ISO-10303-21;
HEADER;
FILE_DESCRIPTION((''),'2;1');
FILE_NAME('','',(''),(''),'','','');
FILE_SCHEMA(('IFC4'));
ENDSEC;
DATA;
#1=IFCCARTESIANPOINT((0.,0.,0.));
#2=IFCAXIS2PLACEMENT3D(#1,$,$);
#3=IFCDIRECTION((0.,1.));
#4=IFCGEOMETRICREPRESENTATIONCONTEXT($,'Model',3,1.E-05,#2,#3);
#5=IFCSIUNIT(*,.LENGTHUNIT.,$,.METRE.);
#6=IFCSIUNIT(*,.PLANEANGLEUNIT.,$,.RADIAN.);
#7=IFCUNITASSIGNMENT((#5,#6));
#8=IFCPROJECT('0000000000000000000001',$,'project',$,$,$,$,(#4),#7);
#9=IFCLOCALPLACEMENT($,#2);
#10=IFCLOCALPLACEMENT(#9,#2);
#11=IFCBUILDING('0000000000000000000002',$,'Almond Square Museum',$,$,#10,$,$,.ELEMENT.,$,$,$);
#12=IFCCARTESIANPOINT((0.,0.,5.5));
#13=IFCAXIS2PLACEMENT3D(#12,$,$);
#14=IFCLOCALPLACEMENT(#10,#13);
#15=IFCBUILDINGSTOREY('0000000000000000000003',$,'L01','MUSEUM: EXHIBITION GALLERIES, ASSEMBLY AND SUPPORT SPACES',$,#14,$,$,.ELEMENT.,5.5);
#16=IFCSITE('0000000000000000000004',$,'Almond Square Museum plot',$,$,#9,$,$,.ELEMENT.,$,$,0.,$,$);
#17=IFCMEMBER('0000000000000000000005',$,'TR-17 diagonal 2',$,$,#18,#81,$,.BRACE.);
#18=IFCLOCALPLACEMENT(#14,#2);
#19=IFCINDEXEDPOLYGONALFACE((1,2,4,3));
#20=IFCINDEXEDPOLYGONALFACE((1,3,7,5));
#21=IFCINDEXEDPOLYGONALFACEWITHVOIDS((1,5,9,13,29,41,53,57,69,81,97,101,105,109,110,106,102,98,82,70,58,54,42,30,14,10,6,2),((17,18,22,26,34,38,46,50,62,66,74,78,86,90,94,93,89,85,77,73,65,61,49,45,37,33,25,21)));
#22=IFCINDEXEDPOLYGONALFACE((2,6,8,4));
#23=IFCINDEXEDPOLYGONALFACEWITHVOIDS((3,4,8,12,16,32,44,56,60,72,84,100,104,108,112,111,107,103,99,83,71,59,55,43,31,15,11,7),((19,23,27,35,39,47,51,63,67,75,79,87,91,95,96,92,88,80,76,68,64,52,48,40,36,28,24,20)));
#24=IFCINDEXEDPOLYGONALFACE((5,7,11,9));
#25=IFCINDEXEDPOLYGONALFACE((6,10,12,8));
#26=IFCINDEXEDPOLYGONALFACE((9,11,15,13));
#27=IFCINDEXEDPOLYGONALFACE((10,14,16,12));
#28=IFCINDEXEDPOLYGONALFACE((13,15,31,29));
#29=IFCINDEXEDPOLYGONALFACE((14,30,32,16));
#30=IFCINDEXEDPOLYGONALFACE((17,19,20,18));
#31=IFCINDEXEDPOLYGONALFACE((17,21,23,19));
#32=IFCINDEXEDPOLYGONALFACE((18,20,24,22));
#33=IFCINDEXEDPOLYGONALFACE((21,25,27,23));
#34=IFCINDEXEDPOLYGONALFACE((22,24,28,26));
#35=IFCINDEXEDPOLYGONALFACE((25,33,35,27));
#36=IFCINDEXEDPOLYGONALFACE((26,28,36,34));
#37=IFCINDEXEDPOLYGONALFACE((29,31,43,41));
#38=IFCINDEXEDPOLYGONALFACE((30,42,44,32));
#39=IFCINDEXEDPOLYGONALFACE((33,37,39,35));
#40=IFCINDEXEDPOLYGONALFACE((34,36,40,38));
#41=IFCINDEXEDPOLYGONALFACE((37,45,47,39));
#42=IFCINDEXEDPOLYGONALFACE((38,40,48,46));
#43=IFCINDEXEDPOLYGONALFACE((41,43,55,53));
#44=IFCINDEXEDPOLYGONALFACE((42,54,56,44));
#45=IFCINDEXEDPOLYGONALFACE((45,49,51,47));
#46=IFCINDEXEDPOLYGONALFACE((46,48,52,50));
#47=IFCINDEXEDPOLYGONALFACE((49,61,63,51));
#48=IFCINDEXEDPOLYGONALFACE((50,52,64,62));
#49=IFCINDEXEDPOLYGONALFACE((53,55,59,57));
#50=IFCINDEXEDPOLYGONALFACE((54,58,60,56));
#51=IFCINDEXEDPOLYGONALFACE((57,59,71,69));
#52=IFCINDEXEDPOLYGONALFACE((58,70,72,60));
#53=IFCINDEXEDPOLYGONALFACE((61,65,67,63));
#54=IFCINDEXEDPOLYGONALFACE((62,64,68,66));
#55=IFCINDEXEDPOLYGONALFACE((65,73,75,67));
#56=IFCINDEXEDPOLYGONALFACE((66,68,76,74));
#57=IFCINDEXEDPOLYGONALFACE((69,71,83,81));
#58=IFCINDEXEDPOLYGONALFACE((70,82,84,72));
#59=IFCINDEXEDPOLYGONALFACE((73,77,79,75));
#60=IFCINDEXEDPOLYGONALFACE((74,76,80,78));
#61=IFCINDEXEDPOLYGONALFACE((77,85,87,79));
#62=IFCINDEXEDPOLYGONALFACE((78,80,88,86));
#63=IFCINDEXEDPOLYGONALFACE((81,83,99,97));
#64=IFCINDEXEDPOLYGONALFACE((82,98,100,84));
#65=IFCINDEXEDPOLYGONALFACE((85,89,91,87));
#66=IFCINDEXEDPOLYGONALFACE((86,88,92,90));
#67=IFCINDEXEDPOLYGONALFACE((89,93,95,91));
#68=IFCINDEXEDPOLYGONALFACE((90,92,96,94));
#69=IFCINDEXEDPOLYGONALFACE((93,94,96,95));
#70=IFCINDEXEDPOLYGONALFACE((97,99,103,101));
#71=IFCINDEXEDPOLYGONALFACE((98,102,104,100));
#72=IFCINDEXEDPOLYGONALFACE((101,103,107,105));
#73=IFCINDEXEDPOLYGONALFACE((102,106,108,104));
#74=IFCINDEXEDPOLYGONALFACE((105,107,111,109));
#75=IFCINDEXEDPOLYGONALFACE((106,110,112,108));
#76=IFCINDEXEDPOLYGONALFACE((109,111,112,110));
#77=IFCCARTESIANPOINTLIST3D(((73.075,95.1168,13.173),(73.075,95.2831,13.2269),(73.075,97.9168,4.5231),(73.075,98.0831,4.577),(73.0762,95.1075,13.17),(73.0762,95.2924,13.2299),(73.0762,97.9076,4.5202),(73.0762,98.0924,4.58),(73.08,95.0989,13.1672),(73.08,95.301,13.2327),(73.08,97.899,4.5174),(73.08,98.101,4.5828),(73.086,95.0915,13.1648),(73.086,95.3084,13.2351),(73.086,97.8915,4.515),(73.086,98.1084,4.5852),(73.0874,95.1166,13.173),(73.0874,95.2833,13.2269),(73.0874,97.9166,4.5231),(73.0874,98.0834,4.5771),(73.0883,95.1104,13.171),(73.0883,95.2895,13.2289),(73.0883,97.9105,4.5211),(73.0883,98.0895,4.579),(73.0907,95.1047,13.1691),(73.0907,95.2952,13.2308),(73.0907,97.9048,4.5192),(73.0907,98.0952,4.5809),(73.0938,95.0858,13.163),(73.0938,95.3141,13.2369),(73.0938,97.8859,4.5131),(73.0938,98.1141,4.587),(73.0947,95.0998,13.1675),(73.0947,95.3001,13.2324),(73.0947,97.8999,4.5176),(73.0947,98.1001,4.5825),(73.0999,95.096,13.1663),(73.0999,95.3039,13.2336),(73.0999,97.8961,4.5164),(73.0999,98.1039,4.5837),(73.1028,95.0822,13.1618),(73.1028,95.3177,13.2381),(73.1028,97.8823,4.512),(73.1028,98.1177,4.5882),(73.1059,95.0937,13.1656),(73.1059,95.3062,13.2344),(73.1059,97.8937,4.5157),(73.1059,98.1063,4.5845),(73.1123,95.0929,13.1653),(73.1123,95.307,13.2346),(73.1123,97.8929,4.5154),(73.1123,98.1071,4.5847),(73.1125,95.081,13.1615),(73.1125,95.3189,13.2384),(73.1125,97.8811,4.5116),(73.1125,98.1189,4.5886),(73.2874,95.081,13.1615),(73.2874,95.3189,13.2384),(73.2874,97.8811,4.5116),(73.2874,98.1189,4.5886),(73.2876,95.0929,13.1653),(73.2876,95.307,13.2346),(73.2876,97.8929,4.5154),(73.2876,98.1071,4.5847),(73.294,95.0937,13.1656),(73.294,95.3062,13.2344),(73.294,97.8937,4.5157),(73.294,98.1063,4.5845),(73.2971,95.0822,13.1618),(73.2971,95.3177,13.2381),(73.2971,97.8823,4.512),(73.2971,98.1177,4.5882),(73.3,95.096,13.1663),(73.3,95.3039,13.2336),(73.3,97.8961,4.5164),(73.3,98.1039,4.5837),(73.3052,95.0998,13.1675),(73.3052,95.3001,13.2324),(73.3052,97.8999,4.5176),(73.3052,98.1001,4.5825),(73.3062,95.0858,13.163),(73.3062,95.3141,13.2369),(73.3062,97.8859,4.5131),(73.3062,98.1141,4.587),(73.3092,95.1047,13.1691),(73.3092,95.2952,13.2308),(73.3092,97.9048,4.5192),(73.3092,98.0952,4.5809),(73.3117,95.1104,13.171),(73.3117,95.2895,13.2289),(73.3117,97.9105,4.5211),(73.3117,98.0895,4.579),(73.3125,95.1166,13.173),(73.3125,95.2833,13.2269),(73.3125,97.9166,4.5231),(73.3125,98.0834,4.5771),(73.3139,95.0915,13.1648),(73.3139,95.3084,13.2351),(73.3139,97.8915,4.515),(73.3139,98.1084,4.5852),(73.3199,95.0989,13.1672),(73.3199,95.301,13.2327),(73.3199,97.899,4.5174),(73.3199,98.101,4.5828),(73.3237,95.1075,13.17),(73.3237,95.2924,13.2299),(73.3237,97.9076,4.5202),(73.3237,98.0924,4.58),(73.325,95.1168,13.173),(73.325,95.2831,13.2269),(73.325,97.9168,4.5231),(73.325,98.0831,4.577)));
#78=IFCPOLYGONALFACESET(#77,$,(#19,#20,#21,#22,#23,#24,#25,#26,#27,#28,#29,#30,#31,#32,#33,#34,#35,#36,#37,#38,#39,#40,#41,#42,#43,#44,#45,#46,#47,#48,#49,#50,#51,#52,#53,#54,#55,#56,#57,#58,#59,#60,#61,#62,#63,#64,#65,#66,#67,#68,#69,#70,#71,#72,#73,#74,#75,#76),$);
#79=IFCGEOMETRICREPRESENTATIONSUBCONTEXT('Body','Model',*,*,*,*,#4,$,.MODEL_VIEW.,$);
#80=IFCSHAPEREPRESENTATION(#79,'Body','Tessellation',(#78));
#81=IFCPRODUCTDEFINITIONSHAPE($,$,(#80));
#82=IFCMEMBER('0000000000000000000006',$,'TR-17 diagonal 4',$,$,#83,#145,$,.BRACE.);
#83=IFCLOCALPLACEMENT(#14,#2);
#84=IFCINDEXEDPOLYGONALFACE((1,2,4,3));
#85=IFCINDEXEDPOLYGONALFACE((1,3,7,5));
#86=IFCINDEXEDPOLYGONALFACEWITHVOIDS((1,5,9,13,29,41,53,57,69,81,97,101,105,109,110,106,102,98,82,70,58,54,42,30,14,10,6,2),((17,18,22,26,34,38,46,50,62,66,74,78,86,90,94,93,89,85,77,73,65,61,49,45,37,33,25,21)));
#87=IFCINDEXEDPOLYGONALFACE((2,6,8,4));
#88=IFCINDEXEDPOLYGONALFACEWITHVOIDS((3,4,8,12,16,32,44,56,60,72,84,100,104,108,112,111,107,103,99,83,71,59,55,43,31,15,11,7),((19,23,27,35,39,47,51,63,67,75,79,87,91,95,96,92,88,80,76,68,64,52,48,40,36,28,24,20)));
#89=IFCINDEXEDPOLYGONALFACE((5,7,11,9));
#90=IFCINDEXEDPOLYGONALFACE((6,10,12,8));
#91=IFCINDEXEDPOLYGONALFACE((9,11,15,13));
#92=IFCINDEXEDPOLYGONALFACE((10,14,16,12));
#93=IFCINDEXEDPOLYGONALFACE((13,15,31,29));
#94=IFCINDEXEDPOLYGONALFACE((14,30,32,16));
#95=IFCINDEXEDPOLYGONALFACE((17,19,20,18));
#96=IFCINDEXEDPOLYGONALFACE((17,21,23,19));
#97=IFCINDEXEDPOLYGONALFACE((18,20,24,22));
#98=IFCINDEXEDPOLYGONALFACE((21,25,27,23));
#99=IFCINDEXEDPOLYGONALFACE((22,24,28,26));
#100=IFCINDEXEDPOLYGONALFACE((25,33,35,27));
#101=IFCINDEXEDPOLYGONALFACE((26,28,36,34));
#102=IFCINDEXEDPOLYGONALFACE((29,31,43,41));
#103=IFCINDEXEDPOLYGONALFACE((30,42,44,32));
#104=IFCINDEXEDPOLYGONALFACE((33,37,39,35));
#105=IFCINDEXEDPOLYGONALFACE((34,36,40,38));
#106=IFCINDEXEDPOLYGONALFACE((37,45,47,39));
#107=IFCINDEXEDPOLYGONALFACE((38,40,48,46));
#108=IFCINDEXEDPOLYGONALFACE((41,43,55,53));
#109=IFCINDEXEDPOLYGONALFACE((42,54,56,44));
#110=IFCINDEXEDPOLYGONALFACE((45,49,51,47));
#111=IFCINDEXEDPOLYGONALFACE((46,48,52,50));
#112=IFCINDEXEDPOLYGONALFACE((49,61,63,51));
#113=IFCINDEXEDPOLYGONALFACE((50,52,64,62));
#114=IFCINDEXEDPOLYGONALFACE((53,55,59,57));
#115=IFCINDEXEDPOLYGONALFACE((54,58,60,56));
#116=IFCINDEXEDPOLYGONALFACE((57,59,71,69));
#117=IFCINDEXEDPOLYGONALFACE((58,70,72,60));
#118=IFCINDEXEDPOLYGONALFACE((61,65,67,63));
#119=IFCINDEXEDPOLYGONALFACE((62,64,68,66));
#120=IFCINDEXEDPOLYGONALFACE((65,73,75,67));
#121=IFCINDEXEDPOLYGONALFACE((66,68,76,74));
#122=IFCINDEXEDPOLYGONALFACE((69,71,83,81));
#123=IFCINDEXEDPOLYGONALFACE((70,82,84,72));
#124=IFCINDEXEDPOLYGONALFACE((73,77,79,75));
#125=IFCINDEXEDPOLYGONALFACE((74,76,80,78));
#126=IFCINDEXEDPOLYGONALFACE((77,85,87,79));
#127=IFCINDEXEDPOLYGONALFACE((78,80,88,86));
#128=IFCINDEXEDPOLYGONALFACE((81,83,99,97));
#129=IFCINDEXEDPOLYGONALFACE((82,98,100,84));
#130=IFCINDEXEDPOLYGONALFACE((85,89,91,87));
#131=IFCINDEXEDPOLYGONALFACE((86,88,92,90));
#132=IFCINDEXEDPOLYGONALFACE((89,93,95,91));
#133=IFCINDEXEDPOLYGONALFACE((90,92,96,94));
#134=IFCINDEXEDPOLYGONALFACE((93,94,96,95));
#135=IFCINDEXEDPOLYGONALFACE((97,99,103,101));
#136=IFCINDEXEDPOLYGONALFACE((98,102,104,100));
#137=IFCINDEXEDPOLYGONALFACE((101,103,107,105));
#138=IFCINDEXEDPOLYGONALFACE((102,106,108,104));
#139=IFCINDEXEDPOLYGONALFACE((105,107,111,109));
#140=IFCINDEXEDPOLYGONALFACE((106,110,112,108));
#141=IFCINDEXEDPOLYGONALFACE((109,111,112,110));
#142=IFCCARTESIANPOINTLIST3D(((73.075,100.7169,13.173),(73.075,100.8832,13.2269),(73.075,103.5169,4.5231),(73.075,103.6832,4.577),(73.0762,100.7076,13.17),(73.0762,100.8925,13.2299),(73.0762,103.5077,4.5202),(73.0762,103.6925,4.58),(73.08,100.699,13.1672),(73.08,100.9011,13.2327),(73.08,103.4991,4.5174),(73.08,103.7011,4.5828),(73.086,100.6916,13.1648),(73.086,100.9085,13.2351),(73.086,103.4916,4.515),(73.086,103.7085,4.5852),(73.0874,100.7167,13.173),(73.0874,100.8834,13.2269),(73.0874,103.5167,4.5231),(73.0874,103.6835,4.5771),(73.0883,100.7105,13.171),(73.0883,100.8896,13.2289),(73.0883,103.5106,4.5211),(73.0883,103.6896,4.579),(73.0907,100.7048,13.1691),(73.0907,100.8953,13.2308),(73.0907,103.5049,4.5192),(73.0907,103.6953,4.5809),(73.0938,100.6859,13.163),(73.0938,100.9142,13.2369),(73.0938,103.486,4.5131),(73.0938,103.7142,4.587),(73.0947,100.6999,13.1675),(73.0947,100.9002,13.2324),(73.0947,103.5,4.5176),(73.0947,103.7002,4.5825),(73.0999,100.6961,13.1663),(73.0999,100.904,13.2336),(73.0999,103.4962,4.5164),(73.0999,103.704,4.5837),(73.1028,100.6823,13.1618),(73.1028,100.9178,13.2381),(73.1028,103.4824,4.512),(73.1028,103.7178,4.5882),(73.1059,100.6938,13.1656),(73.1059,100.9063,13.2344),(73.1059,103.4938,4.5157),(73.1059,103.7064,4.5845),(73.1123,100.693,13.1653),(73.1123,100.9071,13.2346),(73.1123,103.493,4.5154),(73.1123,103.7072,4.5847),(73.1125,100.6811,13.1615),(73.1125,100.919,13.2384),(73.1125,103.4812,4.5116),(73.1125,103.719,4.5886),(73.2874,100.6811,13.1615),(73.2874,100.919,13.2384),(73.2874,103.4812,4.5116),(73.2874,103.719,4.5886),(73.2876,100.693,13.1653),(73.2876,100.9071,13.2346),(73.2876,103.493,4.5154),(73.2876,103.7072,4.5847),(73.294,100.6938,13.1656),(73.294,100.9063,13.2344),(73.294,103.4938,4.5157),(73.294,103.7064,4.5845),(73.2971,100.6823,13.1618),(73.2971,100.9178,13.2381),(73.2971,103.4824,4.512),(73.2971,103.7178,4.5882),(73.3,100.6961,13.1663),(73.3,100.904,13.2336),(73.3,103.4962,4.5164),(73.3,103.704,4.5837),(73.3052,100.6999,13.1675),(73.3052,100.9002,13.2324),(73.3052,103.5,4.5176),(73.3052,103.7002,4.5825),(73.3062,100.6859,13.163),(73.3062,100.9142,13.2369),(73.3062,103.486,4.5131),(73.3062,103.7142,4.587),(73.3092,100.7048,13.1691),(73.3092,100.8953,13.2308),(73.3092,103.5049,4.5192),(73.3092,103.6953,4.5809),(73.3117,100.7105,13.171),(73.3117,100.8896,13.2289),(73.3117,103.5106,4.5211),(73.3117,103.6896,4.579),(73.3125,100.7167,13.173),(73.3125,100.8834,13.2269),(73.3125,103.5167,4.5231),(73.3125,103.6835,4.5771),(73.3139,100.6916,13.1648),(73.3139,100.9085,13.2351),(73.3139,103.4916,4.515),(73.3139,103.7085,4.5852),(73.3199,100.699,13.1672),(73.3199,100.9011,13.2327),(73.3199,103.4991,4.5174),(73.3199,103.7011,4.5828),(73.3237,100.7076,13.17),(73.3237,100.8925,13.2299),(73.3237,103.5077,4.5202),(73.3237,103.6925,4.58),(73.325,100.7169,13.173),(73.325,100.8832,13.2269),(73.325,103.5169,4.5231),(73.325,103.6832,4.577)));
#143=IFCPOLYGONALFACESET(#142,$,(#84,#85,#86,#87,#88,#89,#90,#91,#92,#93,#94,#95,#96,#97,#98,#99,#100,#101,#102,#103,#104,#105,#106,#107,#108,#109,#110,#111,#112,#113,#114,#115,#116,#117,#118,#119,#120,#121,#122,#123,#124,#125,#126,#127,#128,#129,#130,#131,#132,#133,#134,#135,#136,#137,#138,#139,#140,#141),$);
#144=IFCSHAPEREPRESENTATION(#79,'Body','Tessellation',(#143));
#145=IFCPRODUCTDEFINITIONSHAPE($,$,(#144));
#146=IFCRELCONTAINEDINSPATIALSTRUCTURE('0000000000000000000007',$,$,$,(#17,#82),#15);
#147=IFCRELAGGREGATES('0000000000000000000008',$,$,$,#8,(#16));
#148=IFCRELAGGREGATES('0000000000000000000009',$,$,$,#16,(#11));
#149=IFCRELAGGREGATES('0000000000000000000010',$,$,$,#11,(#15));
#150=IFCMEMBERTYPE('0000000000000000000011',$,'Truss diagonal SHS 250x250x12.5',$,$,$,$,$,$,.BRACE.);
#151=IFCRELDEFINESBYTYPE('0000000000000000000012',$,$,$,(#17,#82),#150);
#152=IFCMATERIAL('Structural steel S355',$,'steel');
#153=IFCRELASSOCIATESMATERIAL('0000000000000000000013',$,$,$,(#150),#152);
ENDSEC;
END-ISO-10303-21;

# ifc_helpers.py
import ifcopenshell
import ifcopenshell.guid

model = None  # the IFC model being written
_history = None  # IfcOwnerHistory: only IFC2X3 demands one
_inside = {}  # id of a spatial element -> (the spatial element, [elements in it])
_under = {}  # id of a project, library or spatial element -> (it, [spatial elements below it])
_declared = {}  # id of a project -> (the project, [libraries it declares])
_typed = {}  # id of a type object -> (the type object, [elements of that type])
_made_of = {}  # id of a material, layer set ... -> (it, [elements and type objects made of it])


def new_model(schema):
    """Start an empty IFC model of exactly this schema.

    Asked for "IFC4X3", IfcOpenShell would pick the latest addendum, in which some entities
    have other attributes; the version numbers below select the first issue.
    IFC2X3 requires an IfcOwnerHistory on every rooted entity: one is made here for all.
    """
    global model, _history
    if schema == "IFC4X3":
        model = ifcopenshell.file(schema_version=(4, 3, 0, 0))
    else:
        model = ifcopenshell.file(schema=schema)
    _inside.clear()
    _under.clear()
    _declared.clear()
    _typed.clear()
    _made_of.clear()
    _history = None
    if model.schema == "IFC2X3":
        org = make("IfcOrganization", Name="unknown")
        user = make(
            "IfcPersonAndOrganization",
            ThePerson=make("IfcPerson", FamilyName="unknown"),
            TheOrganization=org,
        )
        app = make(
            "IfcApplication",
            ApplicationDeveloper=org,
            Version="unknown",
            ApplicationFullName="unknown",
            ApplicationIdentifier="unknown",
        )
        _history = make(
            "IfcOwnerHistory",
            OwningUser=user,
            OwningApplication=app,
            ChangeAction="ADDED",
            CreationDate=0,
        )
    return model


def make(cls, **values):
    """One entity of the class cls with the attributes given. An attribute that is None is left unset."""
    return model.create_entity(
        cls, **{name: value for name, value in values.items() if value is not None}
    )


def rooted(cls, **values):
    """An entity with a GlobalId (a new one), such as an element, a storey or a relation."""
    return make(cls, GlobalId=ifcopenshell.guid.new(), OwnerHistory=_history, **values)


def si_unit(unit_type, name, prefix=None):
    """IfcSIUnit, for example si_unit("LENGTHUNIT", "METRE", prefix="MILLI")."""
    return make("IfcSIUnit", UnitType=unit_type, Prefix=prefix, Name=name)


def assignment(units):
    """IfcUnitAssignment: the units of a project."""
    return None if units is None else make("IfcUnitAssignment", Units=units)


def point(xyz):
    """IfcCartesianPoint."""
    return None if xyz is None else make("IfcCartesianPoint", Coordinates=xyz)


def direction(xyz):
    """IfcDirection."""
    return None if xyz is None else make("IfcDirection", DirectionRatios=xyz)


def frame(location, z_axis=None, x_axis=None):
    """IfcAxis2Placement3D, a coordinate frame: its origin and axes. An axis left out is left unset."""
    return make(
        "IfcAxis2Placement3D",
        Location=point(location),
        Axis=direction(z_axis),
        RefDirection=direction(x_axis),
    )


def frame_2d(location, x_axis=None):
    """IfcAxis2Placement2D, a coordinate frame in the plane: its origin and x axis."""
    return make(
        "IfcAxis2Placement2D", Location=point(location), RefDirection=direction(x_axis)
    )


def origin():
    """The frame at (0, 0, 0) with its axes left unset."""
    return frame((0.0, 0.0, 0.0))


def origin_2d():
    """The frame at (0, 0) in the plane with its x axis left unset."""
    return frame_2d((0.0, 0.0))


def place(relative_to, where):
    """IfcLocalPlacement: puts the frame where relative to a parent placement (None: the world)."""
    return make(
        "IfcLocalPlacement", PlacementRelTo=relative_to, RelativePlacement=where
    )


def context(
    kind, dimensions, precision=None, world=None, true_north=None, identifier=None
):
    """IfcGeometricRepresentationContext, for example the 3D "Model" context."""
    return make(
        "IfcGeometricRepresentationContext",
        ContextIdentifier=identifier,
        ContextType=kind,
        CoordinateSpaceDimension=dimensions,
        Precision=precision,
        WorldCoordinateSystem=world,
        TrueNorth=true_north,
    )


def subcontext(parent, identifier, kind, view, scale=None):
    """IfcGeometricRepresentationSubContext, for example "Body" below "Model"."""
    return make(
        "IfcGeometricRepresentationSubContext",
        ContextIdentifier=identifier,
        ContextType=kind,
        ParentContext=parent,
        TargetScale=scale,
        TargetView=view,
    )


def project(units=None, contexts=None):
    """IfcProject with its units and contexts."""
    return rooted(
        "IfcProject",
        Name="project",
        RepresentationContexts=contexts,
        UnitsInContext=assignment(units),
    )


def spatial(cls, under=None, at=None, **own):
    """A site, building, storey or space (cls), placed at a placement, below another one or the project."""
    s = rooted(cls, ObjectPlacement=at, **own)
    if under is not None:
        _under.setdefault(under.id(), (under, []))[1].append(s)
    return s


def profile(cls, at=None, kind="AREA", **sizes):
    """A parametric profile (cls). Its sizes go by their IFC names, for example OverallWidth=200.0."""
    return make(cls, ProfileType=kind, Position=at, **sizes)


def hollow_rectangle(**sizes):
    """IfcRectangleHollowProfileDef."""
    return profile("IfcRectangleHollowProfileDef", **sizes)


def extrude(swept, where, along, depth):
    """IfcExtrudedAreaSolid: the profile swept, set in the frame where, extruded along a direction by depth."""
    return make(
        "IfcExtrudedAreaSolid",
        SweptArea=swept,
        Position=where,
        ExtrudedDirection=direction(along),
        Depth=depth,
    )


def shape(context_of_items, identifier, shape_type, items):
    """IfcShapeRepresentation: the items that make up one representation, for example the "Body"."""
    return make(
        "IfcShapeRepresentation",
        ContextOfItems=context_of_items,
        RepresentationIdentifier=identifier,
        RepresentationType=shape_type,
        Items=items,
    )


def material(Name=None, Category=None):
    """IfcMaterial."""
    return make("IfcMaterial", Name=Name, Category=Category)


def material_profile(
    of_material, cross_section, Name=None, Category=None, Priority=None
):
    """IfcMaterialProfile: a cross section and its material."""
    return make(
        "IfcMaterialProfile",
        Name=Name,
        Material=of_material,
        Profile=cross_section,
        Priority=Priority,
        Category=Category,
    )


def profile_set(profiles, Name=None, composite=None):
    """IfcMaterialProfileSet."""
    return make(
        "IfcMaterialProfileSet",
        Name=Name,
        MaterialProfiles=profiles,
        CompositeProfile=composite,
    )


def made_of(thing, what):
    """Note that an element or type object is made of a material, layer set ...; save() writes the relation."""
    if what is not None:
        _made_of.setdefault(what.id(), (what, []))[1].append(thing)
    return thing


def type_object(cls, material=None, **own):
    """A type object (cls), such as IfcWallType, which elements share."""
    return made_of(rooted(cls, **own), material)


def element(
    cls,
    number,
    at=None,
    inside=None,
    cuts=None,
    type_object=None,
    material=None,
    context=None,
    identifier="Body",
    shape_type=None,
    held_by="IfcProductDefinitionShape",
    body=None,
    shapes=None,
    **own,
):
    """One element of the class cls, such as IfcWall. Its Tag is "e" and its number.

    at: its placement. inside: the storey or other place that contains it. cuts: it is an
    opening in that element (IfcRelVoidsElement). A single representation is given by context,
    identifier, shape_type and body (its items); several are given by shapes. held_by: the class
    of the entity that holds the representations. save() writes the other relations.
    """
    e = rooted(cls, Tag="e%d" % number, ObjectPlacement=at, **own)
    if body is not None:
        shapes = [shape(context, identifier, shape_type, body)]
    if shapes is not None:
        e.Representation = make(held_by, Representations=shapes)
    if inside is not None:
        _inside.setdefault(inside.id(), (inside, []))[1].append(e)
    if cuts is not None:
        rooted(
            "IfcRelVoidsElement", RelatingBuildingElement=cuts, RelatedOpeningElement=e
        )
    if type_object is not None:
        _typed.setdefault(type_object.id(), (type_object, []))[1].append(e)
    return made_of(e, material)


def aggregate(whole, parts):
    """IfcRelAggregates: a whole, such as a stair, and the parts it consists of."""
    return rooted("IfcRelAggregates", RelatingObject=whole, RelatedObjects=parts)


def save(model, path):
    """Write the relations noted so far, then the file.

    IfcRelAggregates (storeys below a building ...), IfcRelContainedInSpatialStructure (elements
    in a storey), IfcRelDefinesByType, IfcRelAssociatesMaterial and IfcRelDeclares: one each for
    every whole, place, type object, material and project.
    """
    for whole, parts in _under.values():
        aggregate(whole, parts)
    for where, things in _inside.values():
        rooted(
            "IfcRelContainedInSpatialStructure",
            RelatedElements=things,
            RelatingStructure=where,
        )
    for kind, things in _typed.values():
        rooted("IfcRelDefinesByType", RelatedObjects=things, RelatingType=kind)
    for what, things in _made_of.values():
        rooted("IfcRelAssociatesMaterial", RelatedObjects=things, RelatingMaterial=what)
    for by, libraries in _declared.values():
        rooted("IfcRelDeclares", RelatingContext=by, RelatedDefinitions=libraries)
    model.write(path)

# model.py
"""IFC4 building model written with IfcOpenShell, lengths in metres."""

from ifc_helpers import new_model, si_unit, direction, frame, origin, origin_2d, place, context, subcontext, project, spatial, hollow_rectangle, extrude, material, material_profile, profile_set, type_object, element, save


model = new_model("IFC4")

# Units and contexts
model_context = context("Model", 3, precision=1e-05, world=origin(), true_north=direction((0.0, 1.0)))
body_context = subcontext(model_context, "Body", "Model", "MODEL_VIEW")
ifc_project = project(units=[si_unit("LENGTHUNIT", "METRE"), si_unit("PLANEANGLEUNIT", "RADIAN")], contexts=[model_context])

# Site, building, storey
site_placement = place(None, origin())
site = spatial("IfcSite", under=ifc_project, at=site_placement, Name="Almond Square Museum plot", CompositionType="ELEMENT", RefElevation=0.0)
building_placement = place(site_placement, origin())
building = spatial("IfcBuilding", under=site, at=building_placement, Name="Almond Square Museum", CompositionType="ELEMENT")
storey_placement = place(building_placement, frame((0.0, 0.0, 5.5)))
storey = spatial("IfcBuildingStorey", under=building, at=storey_placement, Name="L01", Description="MUSEUM: EXHIBITION GALLERIES, ASSEMBLY AND SUPPORT SPACES", CompositionType="ELEMENT", Elevation=5.5)

# Members
ifc_material_1 = material(Name="Structural steel S355", Category="steel")
ifc_material_profile_1 = material_profile(ifc_material_1, hollow_rectangle(XDim=0.25, YDim=0.25, WallThickness=0.0125, InnerFilletRadius=0.0249, OuterFilletRadius=0.0376, at=origin_2d()))
ifc_profile_set_1 = profile_set([ifc_material_profile_1], Name="Structural steel S355")
member_type_1 = type_object("IfcMemberType", Name="Truss diagonal SHS 250x250x12.5", PredefinedType="BRACE", material=ifc_profile_set_1)
for number, where, z_axis, x_axis, name in (
    (1, (73.2, 95.2, 13.2), (0.0, 0.307975, -0.951395), (-1.0, 0.0, 0.0), "TR-17 diagonal 2"),
    (2, (73.2, 100.8, 13.2), (0.0, 0.307975, -0.951395), (-1.0, 0.0, 0.0), "TR-17 diagonal 4"),
):
    element("IfcMember", number, at=place(storey_placement, frame(where, z_axis=z_axis, x_axis=x_axis)), inside=storey, type_object=member_type_1, Name=name, PredefinedType="BRACE", context=body_context, shape_type="SweptSolid", body=[
        extrude(hollow_rectangle(XDim=0.25, YDim=0.25, WallThickness=0.0125, InnerFilletRadius=0.0249, OuterFilletRadius=0.0376, at=origin_2d()), origin(), (0.0, 0.0, 1.0), 9.0918),
    ])

save(model, "model.ifc")
